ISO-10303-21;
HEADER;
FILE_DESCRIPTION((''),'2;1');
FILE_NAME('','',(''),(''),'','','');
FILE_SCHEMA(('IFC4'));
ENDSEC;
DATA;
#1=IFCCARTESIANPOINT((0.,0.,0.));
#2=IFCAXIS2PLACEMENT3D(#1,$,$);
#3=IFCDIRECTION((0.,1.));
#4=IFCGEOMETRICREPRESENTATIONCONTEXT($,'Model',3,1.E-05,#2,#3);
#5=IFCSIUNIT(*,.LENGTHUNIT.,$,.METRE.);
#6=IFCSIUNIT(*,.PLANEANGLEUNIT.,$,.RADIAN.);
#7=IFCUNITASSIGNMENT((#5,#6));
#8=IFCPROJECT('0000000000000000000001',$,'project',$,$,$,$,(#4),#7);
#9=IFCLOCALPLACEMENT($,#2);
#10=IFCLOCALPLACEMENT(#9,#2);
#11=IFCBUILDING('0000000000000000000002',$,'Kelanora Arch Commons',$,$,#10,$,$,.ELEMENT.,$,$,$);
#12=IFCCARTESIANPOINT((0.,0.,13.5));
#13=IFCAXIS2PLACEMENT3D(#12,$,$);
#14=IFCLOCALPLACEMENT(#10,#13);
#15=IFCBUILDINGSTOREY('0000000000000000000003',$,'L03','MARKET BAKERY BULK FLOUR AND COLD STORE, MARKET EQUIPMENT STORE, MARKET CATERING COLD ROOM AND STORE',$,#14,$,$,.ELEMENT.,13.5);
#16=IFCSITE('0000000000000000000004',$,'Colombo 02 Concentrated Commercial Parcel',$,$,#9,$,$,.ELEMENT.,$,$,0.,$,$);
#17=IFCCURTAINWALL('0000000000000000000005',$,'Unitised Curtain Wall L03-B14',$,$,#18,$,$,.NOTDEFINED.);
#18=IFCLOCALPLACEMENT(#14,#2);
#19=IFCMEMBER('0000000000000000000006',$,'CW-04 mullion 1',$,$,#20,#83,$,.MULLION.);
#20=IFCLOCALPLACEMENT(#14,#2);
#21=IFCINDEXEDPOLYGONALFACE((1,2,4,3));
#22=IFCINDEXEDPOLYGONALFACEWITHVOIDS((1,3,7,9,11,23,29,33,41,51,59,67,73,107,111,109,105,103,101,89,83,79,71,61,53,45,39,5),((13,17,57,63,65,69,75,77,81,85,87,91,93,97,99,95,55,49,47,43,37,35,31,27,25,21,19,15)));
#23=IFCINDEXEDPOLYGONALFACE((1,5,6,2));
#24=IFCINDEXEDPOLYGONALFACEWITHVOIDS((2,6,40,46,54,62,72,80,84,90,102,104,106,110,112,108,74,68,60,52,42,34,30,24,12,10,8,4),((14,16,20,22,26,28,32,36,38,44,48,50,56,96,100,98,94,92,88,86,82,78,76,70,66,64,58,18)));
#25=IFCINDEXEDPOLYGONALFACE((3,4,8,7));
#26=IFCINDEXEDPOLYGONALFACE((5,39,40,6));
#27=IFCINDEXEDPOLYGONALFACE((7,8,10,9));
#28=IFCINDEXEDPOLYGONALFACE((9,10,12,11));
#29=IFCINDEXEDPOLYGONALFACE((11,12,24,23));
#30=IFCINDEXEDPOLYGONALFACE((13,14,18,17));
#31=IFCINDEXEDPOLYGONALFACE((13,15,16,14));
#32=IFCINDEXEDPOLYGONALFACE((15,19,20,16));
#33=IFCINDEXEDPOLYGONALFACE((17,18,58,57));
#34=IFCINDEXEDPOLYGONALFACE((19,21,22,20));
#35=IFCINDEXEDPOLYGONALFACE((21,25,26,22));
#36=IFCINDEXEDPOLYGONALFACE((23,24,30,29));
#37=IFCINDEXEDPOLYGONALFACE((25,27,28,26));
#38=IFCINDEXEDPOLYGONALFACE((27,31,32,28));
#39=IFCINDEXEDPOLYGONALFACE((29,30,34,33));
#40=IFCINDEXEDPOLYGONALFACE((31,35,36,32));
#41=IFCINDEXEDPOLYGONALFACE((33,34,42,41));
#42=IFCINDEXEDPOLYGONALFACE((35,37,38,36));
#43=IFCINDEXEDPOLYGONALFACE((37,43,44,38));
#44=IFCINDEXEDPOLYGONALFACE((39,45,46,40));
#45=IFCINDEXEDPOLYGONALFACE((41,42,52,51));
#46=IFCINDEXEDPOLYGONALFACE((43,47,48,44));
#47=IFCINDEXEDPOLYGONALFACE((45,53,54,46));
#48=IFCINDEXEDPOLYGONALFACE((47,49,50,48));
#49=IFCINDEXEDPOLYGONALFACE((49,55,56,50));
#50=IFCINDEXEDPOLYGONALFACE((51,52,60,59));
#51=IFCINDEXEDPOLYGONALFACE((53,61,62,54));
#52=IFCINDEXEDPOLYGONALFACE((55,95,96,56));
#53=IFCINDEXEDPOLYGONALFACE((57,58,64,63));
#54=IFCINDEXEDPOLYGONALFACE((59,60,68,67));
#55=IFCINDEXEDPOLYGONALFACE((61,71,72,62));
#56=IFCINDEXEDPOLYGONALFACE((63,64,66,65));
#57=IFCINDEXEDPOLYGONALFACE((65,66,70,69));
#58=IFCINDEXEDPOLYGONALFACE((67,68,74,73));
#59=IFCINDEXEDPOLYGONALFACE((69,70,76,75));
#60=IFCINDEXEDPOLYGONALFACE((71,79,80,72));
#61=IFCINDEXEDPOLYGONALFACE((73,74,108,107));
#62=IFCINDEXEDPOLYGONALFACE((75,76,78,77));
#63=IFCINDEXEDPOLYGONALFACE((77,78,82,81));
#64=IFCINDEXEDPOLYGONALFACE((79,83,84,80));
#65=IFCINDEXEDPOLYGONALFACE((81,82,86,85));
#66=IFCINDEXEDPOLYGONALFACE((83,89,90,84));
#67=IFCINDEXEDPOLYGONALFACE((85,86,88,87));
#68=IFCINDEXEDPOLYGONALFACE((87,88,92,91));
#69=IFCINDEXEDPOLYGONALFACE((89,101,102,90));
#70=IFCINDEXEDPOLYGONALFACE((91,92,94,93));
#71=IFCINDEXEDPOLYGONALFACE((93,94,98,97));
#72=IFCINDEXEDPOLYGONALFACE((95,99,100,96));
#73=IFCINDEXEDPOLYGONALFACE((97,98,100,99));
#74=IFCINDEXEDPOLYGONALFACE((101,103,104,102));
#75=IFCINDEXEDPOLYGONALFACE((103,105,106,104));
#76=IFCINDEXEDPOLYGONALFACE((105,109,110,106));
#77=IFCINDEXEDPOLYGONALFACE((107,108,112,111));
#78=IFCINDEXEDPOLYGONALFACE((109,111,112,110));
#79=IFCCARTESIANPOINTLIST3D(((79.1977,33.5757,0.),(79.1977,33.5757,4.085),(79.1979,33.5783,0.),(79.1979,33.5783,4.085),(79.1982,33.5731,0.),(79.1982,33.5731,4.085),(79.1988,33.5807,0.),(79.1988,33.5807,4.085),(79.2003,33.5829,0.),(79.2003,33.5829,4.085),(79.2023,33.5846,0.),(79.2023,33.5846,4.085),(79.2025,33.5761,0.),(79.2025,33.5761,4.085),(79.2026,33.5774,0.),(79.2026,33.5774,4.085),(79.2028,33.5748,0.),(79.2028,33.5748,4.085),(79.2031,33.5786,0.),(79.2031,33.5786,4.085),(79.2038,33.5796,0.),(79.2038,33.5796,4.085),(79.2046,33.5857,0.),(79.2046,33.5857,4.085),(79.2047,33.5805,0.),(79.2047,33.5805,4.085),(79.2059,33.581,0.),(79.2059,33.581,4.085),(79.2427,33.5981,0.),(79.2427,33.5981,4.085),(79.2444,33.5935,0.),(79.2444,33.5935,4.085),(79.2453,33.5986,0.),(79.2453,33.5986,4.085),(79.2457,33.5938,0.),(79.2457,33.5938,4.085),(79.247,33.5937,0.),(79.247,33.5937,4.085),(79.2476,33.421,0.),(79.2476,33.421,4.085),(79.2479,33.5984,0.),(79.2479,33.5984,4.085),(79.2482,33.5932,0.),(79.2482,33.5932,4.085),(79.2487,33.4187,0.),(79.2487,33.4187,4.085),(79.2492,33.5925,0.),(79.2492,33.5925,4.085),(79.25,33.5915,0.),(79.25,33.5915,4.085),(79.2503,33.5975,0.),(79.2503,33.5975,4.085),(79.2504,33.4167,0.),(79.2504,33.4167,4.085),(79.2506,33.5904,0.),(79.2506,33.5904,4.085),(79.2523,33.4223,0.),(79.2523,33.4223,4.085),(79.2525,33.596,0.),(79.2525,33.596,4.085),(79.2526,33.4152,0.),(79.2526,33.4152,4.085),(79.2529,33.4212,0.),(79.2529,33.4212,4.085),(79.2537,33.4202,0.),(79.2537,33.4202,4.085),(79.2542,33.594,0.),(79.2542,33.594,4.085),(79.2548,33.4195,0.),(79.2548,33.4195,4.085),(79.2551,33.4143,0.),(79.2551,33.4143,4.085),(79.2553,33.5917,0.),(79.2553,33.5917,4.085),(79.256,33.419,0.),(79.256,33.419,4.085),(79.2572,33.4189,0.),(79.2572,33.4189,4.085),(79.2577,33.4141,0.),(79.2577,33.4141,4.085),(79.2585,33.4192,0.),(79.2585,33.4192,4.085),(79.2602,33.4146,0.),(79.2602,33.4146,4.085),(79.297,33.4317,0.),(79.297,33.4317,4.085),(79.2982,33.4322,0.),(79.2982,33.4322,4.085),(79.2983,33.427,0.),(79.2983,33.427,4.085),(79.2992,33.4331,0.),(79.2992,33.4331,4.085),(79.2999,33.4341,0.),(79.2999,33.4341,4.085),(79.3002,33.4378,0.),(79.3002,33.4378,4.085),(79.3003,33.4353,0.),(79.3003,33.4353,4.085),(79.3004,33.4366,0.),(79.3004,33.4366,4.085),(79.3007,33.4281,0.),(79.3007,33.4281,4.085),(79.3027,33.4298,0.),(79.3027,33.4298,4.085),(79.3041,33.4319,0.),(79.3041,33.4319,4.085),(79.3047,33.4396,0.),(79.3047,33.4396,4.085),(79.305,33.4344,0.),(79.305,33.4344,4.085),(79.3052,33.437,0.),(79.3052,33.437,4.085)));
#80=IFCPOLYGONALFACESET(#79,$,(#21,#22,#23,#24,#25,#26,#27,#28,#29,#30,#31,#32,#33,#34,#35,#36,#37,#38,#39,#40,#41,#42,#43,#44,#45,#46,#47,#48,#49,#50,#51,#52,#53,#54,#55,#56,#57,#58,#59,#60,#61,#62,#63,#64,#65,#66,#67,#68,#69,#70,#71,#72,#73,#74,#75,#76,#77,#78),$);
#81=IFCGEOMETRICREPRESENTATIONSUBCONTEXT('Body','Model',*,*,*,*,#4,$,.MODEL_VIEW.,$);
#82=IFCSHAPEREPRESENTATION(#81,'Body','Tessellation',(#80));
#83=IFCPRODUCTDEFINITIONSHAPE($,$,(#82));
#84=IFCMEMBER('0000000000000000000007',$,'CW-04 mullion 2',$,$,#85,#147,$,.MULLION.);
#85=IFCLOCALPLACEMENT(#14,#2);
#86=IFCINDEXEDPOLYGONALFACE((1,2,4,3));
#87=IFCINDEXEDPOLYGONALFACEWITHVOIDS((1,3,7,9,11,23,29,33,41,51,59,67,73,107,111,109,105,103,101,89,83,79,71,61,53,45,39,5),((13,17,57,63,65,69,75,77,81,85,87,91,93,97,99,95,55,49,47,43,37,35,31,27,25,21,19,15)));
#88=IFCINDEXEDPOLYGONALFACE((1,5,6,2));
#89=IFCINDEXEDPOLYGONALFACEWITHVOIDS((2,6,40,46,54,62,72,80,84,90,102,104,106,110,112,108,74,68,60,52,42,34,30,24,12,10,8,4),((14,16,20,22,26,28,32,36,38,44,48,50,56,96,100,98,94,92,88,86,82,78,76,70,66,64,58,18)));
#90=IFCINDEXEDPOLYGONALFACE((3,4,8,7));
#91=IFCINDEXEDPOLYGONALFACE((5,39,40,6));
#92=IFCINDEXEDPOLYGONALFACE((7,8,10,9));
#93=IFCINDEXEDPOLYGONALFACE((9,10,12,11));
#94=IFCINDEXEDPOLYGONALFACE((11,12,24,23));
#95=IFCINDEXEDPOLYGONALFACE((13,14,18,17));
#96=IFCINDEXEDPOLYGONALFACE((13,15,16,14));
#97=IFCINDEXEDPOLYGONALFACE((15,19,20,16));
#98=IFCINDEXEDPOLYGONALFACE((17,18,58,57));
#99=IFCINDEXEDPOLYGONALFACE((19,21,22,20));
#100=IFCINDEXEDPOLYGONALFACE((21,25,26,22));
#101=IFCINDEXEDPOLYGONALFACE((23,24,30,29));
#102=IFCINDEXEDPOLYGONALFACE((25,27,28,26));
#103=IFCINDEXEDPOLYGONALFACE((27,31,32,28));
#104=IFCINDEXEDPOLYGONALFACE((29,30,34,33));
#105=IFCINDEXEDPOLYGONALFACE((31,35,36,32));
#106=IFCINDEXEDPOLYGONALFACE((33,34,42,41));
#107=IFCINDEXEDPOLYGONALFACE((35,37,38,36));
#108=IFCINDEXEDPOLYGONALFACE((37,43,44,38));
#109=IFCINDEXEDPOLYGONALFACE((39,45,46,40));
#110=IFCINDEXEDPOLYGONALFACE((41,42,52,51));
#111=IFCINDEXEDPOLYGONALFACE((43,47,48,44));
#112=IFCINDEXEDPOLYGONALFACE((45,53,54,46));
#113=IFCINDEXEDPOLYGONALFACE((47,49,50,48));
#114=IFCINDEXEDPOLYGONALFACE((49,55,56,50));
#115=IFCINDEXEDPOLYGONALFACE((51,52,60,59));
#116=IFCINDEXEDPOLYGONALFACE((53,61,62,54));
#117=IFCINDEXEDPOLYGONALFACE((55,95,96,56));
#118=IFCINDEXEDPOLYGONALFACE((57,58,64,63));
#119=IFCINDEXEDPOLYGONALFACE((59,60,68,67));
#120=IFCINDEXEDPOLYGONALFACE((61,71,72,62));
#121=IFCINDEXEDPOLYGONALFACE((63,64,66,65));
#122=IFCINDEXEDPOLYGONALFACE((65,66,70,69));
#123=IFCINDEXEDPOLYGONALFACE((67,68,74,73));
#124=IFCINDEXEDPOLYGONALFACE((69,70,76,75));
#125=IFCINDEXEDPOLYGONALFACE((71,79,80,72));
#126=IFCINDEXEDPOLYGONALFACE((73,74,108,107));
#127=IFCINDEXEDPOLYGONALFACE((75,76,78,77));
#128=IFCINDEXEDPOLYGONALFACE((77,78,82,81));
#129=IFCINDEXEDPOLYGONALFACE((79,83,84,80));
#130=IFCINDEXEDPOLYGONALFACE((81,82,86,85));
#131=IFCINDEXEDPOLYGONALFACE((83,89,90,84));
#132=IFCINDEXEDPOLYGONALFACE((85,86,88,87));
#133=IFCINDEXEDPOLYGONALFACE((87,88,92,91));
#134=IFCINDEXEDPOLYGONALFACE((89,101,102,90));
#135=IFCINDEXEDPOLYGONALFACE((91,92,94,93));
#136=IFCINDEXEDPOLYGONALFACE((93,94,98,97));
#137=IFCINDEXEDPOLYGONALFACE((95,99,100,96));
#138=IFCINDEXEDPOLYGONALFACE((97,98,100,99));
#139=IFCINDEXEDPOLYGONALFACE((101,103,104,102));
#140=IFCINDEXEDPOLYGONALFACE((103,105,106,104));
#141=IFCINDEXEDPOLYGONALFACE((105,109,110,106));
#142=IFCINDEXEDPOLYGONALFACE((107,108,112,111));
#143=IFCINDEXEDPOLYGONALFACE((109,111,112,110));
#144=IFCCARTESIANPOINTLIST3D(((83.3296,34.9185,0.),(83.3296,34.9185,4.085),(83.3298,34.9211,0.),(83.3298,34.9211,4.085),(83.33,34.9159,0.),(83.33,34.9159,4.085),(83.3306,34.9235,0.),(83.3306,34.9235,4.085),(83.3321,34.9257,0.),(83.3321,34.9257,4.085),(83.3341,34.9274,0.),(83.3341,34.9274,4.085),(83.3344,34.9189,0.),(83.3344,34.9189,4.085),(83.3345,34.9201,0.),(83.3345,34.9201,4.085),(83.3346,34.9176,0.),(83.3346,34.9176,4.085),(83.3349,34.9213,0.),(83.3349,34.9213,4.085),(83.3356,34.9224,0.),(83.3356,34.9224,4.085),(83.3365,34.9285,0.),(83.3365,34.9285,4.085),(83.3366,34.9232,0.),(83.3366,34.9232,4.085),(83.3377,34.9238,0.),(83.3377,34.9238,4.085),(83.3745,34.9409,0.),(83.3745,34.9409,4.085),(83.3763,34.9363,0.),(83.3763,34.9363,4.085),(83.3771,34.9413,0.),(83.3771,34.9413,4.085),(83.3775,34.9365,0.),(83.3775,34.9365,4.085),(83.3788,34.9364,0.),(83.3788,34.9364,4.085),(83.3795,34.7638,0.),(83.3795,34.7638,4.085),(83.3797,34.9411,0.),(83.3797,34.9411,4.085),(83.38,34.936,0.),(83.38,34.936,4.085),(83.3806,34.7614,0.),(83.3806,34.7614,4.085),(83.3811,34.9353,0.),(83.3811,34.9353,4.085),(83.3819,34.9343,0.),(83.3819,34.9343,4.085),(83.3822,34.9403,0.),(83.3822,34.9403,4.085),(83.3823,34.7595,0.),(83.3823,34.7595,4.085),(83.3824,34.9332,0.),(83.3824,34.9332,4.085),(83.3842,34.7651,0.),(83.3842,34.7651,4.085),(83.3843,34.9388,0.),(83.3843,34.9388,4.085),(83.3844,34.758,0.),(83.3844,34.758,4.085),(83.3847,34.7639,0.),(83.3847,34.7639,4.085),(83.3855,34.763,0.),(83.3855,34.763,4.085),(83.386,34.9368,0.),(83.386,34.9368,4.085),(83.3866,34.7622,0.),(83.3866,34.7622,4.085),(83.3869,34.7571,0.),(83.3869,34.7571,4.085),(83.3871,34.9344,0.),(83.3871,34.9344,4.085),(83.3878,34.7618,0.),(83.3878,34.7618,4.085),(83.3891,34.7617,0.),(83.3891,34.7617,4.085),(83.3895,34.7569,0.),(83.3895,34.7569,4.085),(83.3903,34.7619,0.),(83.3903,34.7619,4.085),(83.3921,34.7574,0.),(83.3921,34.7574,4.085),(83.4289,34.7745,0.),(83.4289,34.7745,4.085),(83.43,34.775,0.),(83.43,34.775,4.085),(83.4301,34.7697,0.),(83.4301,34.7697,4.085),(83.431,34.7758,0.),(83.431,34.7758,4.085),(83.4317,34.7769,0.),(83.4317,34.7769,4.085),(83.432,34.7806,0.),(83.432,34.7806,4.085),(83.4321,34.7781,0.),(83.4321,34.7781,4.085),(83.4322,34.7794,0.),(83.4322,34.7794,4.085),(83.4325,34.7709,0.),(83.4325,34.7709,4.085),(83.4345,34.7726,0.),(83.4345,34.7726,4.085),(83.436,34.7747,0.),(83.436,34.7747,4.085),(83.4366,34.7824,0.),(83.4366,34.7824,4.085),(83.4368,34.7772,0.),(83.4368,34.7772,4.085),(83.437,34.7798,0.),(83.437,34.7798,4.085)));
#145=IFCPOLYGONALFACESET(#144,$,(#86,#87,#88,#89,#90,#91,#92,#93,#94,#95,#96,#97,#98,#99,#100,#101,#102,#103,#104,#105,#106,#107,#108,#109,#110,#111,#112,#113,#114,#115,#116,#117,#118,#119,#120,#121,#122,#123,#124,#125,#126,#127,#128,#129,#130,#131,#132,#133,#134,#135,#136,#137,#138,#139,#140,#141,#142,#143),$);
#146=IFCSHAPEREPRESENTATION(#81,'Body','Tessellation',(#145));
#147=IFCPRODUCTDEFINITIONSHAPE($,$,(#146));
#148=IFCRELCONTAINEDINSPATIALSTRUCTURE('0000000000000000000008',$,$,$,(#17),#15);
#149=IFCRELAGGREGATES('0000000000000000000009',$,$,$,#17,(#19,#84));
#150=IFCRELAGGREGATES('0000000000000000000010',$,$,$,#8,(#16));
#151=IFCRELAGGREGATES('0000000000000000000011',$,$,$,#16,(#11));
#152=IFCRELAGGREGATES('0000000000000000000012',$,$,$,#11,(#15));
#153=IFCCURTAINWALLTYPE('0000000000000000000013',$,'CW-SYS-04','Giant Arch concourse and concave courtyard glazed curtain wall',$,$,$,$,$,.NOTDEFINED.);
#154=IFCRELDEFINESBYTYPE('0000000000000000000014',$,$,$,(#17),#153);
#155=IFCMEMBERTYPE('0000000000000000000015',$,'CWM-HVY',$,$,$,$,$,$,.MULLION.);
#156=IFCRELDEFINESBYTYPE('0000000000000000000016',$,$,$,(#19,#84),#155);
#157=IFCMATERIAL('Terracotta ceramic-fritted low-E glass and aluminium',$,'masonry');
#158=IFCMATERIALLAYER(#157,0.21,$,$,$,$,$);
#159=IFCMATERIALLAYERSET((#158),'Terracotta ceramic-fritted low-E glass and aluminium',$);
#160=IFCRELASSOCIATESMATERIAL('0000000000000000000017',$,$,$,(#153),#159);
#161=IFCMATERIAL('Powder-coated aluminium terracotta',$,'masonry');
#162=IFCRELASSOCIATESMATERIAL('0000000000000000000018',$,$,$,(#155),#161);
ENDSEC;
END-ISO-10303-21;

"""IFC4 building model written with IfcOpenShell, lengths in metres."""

from ifc_helpers import new_model, si_unit, direction, frame, origin, origin_2d, place, context, subcontext, project, spatial, hollow_rectangle, extrude, material, layer, layer_set, material_profile, profile_set, type_object, element, aggregate, save


model = new_model("IFC4")

# Units and contexts
model_context = context("Model", 3, precision=1e-05, world=origin(), true_north=direction((0.0, 1.0)))
body_context = subcontext(model_context, "Body", "Model", "MODEL_VIEW")
ifc_project = project(units=[si_unit("LENGTHUNIT", "METRE"), si_unit("PLANEANGLEUNIT", "RADIAN")], contexts=[model_context])

# Site, building, storey
site_placement = place(None, origin())
site = spatial("IfcSite", under=ifc_project, at=site_placement, Name="Colombo 02 Concentrated Commercial Parcel", CompositionType="ELEMENT", RefElevation=0.0)
building_placement = place(site_placement, origin())
building = spatial("IfcBuilding", under=site, at=building_placement, Name="Kelanora Arch Commons", CompositionType="ELEMENT")
storey_placement = place(building_placement, frame((0.0, 0.0, 13.5)))
storey = spatial("IfcBuildingStorey", under=building, at=storey_placement, Name="L03", Description="MARKET BAKERY BULK FLOUR AND COLD STORE, MARKET EQUIPMENT STORE, MARKET CATERING COLD ROOM AND STORE", CompositionType="ELEMENT", Elevation=13.5)

# Curtain wall, members
ifc_material_1 = material(Name="Terracotta ceramic-fritted low-E glass and aluminium", Category="masonry")
ifc_layer_1 = layer(ifc_material_1, 0.21)
ifc_layer_set_1 = layer_set([ifc_layer_1], Name="Terracotta ceramic-fritted low-E glass and aluminium")
curtain_wall_type = type_object("IfcCurtainWallType", Name="CW-SYS-04", Description="Giant Arch concourse and concave courtyard glazed curtain wall", PredefinedType="NOTDEFINED", material=ifc_layer_set_1)
curtain_wall_placement = place(storey_placement, origin())
curtain_wall = element("IfcCurtainWall", 1, at=curtain_wall_placement, inside=storey, type_object=curtain_wall_type, Name="Unitised Curtain Wall L03-B14", PredefinedType="NOTDEFINED")
ifc_material_2 = material(Name="Powder-coated aluminium terracotta", Category="masonry")
ifc_material_profile_1 = material_profile(ifc_material_2, hollow_rectangle(XDim=0.1799, YDim=0.0601, WallThickness=0.0049, InnerFilletRadius=0.0049, OuterFilletRadius=0.01, at=origin_2d()), Name="CWM180x60")
ifc_profile_set_1 = profile_set([ifc_material_profile_1], Name="Powder-coated aluminium terracotta")
member_type_1 = type_object("IfcMemberType", Name="CWM-HVY", PredefinedType="MULLION", material=ifc_profile_set_1)
member_1_placement = place(storey_placement, frame((79.2515, 33.5063, 0.0), z_axis=(0.0, 0.0, 1.0), x_axis=(-0.30907, 0.951039, 0.0)))
member_1 = element("IfcMember", 2, at=member_1_placement, type_object=member_type_1, Name="CW-04 mullion 1", PredefinedType="MULLION", context=body_context, shape_type="SweptSolid", body=[
    extrude(hollow_rectangle(XDim=0.1799, YDim=0.0601, WallThickness=0.0049, InnerFilletRadius=0.0049, OuterFilletRadius=0.01, at=origin_2d()), origin(), (0.0, 0.0, 1.0), 4.085),
])
member_2_placement = place(storey_placement, frame((83.3833, 34.8491, 0.0), z_axis=(0.0, 0.0, 1.0), x_axis=(-0.30907, 0.951039, 0.0)))
member_2 = element("IfcMember", 3, at=member_2_placement, type_object=member_type_1, Name="CW-04 mullion 2", PredefinedType="MULLION", context=body_context, shape_type="SweptSolid", body=[
    extrude(hollow_rectangle(XDim=0.1799, YDim=0.0601, WallThickness=0.0049, InnerFilletRadius=0.0049, OuterFilletRadius=0.01, at=origin_2d()), origin(), (0.0, 0.0, 1.0), 4.085),
])
aggregate(curtain_wall, [member_1, member_2])

save(model, "model.ifc")
